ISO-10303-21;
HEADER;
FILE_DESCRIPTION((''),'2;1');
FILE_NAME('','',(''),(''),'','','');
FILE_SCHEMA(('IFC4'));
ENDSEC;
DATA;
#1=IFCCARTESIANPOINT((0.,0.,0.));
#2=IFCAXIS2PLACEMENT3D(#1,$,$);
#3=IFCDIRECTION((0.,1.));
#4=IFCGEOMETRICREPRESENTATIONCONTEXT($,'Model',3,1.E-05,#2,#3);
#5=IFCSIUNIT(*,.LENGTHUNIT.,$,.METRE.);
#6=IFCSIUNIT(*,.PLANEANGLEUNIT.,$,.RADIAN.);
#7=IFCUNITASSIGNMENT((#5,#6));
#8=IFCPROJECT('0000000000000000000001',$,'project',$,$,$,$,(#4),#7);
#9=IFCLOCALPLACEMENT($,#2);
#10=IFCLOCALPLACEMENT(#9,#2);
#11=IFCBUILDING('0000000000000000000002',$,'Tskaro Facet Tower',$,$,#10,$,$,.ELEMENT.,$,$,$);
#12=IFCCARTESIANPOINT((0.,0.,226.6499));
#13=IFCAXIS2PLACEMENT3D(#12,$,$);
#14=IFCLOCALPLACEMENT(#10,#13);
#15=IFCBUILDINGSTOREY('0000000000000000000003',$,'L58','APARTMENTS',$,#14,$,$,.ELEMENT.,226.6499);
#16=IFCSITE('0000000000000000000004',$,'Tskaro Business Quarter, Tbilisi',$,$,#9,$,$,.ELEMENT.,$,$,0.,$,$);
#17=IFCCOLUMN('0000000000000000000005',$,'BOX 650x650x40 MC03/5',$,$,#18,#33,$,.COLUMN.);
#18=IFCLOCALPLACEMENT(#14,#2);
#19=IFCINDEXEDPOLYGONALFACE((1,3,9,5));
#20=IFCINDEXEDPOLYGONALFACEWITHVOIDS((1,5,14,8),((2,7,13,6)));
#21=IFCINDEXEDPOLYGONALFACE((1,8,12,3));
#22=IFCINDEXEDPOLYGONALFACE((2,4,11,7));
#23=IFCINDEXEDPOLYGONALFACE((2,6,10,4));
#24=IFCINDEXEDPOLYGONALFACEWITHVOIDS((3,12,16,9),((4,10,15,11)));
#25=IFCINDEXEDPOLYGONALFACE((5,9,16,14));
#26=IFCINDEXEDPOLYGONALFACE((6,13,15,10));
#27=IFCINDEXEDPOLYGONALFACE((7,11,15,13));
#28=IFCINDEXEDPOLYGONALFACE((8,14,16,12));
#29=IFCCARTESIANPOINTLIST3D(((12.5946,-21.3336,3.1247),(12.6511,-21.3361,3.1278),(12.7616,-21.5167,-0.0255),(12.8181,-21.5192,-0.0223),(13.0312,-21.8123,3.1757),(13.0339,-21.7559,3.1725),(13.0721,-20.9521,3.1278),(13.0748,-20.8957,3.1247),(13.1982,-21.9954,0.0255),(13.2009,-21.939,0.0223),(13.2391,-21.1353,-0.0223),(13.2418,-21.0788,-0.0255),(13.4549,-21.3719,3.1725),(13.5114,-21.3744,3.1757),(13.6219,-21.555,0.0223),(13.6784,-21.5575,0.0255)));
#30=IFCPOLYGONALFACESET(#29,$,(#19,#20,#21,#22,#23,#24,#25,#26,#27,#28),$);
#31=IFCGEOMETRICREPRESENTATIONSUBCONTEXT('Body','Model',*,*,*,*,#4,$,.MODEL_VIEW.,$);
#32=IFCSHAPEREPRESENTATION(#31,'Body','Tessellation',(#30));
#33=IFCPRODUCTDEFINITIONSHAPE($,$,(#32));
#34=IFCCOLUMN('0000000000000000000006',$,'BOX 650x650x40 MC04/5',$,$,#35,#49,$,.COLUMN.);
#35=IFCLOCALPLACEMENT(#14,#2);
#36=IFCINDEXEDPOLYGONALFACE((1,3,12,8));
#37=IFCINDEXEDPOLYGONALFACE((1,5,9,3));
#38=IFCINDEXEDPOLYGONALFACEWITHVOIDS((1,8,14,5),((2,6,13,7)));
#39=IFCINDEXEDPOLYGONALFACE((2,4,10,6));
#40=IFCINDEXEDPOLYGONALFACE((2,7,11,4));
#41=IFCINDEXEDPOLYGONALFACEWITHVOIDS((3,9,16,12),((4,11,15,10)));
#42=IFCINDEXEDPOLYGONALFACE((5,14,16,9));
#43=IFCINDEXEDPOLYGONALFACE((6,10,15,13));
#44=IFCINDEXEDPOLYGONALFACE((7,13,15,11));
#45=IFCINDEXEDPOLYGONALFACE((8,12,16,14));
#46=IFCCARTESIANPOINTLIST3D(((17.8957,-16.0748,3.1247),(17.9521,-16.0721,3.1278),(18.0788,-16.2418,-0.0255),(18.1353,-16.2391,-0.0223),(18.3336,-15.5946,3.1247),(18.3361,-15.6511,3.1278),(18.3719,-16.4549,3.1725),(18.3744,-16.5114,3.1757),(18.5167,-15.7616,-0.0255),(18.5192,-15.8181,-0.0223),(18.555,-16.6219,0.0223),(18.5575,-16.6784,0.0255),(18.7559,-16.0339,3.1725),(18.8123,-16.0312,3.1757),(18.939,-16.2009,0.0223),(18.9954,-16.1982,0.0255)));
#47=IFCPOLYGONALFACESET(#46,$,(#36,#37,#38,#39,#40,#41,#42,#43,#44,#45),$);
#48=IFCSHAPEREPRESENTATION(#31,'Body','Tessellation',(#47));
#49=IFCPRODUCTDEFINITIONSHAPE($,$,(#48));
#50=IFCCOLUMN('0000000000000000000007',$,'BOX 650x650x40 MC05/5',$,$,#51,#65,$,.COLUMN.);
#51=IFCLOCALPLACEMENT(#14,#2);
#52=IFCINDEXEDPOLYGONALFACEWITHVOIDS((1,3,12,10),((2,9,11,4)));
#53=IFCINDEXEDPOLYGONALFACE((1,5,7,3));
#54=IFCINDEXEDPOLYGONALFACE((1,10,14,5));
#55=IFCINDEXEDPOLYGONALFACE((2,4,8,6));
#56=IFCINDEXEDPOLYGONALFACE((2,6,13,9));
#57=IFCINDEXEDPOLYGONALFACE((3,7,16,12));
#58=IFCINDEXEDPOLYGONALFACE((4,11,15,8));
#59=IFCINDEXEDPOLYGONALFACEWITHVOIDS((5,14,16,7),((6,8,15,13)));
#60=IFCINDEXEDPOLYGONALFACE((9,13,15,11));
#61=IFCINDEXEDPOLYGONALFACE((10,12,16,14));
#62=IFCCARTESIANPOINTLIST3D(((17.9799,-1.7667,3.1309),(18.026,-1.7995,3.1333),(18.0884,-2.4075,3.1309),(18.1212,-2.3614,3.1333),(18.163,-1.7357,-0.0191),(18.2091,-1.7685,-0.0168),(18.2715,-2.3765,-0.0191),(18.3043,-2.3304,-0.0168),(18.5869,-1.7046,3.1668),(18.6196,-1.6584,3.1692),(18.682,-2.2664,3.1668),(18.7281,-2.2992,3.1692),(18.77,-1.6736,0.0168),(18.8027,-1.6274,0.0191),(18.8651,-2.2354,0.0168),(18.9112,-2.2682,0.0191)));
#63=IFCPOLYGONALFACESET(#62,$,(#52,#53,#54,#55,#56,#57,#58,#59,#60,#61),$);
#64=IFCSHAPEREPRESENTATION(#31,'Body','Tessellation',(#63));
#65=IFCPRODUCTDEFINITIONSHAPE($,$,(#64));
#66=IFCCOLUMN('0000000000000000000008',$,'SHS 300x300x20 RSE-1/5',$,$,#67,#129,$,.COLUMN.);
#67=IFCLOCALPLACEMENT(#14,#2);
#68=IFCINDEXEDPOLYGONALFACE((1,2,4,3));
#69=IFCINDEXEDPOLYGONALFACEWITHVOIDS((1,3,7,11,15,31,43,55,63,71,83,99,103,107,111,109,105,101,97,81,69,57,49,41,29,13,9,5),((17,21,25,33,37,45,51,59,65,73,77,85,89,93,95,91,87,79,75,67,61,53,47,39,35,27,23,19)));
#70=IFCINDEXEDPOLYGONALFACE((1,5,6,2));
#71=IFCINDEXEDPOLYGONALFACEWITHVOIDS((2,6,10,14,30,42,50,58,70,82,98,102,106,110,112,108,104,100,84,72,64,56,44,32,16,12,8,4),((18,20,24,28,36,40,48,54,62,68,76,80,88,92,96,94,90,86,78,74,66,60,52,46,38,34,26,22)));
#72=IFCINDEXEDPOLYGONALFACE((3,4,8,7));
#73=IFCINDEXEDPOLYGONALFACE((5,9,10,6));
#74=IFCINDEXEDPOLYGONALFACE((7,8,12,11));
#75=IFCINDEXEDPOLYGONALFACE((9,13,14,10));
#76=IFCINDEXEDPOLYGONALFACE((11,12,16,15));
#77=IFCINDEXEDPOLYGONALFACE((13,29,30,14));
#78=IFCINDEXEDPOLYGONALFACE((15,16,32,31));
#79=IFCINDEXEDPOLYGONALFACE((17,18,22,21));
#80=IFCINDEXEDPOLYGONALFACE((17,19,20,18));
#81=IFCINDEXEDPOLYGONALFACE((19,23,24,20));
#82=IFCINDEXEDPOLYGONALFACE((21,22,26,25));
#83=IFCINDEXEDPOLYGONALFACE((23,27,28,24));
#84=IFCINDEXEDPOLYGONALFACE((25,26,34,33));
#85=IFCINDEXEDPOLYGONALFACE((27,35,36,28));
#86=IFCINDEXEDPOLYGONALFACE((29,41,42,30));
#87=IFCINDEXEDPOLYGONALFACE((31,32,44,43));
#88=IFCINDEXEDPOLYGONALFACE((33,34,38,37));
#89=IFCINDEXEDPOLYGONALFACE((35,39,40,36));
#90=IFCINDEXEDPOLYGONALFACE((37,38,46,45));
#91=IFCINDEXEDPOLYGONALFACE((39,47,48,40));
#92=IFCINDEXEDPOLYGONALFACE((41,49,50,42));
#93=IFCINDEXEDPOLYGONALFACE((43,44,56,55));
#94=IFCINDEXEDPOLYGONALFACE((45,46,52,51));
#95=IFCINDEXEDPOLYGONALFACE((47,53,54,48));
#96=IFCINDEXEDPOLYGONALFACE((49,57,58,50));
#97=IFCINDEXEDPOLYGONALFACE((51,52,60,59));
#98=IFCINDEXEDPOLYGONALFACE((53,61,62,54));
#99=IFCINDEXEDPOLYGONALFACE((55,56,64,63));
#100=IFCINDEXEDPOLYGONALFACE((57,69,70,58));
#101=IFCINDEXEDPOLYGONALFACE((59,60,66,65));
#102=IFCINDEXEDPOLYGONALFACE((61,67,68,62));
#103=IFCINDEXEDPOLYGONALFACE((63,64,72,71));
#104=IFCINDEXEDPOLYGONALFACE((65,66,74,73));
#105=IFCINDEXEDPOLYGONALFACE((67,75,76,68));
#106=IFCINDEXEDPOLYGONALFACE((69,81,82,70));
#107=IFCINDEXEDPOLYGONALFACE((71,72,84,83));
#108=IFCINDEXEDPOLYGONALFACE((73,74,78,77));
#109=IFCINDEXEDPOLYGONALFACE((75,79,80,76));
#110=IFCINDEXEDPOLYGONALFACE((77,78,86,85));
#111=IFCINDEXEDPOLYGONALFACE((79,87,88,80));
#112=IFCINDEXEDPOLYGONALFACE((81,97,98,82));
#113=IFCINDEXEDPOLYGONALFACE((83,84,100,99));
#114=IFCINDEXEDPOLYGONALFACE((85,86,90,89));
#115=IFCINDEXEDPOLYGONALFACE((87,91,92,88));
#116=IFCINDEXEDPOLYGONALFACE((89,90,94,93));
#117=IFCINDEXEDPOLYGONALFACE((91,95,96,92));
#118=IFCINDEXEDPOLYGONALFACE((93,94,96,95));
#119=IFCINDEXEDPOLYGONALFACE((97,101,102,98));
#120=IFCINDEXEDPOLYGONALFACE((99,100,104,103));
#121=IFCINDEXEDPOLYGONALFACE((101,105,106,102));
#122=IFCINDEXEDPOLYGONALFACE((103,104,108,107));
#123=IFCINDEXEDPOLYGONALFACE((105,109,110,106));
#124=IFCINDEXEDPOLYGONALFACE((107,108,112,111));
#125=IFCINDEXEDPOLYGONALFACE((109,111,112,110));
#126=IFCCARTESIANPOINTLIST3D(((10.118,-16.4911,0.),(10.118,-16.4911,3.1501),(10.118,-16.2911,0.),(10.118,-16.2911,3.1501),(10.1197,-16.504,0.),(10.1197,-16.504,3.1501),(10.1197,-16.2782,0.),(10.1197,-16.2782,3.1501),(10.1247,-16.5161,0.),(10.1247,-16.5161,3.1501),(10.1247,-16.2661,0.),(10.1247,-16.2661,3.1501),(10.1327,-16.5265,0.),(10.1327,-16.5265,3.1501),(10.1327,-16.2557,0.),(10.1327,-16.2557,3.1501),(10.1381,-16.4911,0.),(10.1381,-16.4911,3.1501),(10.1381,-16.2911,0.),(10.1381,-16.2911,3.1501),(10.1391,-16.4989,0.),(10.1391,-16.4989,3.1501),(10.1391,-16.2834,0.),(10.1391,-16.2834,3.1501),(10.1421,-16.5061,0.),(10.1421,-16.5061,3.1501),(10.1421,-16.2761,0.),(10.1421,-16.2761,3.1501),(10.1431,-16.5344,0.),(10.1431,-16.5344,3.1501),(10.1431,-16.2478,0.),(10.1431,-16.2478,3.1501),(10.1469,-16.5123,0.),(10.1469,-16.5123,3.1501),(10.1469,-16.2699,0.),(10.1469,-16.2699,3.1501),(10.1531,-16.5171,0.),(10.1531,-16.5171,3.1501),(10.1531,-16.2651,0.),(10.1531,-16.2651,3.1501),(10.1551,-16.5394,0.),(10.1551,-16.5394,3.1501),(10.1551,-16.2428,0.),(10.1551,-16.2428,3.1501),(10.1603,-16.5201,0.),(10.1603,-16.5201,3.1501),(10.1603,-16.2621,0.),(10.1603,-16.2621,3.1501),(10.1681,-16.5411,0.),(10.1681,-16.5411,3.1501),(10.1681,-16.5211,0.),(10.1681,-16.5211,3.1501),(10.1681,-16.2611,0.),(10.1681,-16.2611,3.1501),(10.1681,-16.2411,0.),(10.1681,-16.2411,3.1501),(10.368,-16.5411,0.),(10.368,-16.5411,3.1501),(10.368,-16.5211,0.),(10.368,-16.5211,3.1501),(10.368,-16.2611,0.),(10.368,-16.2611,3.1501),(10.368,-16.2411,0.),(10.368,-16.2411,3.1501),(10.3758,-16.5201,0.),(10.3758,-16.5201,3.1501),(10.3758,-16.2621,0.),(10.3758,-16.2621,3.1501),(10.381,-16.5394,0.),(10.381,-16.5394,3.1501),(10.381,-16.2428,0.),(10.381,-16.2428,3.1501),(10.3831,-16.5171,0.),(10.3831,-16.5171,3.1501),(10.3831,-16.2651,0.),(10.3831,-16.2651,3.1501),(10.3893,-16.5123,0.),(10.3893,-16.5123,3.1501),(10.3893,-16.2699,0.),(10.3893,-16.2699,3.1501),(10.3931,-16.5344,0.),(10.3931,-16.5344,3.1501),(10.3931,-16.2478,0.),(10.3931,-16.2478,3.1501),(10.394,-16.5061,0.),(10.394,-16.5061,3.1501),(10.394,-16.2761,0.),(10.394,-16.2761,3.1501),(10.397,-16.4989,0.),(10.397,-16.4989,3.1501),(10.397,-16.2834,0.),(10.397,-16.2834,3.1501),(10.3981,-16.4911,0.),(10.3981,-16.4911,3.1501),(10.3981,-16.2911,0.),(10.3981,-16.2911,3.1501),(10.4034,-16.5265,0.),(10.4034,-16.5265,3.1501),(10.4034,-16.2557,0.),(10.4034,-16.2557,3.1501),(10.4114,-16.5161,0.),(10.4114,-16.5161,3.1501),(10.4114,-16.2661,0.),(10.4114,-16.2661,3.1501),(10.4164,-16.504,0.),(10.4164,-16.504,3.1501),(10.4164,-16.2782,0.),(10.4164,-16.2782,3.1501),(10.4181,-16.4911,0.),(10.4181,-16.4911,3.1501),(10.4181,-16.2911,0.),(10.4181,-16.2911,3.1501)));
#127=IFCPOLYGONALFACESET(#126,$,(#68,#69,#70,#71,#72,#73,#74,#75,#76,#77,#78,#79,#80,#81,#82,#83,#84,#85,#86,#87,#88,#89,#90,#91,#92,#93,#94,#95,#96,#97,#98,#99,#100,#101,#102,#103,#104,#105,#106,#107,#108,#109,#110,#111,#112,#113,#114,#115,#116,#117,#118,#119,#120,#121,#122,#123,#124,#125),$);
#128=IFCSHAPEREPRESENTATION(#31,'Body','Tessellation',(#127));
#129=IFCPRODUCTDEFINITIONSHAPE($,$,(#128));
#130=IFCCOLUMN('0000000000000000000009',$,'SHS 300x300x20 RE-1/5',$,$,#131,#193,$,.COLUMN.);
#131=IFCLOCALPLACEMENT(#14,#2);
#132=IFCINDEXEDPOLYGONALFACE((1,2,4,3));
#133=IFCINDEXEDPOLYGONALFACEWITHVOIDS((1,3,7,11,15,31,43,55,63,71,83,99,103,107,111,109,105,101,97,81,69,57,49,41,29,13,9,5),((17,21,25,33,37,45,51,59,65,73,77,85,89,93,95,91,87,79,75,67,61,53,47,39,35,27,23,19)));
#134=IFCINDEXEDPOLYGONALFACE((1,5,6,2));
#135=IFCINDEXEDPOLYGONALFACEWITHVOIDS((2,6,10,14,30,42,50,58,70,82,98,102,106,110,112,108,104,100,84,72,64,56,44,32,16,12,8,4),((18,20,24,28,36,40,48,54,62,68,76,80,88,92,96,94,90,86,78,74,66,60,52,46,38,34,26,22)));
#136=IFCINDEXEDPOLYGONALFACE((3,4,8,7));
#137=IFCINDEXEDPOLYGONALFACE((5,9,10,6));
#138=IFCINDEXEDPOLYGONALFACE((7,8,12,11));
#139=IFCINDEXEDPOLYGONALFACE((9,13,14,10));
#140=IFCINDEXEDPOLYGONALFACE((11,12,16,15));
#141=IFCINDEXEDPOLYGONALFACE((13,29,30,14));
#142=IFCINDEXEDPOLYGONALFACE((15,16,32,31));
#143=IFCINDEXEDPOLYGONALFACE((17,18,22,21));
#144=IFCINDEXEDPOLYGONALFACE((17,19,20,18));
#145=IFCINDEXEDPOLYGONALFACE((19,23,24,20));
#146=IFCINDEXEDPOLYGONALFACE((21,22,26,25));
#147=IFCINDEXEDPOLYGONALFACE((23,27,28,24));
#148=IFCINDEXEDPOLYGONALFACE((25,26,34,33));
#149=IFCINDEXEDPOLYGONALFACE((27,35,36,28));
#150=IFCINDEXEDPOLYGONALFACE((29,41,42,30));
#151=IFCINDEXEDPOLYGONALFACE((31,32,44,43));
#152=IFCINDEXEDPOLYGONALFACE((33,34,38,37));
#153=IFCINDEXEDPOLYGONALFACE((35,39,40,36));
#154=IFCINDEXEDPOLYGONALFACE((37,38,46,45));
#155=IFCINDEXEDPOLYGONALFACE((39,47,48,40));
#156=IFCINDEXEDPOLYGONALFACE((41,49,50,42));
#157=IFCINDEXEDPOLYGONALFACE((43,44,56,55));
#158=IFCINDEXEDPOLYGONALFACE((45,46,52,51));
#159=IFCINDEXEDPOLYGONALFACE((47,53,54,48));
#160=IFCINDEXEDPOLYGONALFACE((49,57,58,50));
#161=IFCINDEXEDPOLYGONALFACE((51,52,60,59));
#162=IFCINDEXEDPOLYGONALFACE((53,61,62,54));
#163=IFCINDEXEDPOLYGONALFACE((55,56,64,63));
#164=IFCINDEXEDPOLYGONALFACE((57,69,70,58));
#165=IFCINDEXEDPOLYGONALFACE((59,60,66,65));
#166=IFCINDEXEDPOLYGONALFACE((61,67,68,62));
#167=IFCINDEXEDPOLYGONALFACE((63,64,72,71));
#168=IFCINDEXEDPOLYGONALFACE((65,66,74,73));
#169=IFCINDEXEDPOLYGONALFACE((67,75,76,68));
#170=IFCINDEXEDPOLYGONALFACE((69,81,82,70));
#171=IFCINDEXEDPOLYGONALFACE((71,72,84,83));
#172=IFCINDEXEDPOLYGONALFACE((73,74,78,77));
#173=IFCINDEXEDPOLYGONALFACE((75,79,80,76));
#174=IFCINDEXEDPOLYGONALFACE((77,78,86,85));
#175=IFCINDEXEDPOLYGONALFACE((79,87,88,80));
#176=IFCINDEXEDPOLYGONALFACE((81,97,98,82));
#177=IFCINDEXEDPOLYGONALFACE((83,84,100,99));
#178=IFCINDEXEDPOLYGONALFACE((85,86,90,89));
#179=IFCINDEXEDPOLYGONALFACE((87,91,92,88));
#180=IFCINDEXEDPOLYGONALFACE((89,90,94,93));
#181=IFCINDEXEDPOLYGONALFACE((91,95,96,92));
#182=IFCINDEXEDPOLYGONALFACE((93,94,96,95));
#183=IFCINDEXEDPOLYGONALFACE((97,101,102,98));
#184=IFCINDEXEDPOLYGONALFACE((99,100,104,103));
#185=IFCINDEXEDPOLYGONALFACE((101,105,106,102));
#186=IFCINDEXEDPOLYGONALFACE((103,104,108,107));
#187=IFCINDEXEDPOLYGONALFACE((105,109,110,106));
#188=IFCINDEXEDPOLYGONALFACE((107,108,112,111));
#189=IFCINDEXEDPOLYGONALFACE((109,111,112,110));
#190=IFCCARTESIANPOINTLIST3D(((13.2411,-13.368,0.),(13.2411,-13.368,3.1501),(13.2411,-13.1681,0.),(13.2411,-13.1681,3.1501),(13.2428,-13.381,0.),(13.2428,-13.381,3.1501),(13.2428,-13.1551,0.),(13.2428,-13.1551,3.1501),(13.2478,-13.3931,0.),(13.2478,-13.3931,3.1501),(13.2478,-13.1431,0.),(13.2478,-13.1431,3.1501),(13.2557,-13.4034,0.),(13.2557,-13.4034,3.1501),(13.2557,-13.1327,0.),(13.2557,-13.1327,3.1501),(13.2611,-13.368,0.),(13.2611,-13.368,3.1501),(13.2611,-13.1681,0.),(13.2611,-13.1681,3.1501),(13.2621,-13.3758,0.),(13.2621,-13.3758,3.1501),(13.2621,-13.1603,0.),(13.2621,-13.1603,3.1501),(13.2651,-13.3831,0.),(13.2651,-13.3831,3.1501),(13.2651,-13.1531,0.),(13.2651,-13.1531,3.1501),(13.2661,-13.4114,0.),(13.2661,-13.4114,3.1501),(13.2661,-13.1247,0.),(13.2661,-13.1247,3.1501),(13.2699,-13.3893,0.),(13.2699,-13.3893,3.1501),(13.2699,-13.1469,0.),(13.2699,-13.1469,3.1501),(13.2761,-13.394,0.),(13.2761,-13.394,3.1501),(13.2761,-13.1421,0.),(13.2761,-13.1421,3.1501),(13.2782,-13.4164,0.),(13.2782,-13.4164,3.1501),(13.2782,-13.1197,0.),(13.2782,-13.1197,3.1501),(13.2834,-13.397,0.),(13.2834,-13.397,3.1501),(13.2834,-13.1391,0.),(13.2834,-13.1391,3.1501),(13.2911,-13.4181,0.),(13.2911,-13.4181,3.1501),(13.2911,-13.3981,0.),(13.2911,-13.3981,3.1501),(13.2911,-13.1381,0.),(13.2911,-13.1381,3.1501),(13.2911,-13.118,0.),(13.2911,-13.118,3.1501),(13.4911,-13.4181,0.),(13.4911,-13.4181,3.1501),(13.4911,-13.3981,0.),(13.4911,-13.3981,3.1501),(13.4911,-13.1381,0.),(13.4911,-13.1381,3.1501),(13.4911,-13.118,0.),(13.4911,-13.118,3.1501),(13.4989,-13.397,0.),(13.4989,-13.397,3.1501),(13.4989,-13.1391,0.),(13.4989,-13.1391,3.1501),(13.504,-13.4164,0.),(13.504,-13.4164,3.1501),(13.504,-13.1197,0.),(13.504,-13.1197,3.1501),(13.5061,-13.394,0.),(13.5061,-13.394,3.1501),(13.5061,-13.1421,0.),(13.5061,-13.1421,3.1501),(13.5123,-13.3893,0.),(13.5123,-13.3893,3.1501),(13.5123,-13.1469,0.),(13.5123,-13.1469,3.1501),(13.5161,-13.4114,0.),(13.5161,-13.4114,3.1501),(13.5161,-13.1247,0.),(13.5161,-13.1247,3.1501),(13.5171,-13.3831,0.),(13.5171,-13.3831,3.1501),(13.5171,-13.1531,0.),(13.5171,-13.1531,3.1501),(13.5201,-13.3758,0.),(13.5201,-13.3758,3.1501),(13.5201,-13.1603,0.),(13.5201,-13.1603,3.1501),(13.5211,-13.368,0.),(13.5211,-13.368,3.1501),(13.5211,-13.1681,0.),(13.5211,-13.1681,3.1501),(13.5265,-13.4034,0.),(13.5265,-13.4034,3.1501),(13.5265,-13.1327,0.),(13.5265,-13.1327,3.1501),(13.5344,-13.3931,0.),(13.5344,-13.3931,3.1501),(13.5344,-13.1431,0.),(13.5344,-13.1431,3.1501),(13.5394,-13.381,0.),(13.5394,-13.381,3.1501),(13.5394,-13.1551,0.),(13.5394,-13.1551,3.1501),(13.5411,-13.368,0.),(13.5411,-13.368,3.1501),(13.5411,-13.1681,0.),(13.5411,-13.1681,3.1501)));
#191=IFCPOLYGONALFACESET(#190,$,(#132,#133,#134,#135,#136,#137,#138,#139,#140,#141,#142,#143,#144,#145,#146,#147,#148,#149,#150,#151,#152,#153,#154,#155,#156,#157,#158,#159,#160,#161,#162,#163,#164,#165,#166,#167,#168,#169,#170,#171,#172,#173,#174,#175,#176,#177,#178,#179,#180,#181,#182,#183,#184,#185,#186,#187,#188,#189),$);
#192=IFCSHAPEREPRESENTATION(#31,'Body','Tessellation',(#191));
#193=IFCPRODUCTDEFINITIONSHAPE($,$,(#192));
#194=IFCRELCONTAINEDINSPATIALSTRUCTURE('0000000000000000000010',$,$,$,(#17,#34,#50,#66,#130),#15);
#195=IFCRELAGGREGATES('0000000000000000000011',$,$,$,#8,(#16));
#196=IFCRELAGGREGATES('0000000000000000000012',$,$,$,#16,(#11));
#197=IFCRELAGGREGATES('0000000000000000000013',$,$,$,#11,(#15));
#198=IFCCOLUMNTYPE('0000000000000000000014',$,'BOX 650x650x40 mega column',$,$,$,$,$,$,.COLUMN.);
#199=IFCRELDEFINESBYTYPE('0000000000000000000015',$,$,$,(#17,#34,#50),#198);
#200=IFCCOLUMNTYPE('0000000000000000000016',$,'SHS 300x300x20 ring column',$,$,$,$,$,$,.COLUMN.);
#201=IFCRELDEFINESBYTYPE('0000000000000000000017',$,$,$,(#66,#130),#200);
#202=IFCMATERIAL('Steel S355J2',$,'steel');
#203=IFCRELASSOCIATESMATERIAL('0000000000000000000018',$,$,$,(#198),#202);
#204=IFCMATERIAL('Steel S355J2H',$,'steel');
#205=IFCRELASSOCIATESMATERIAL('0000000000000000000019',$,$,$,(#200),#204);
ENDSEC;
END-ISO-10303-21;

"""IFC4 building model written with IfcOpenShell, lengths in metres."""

from ifc_helpers import new_model, si_unit, direction, frame, origin, origin_2d, place, context, subcontext, project, spatial, hollow_rectangle, extrude, material, material_profile, profile_set, type_object, element, save


model = new_model("IFC4")

# Units and contexts
model_context = context("Model", 3, precision=1e-05, world=origin(), true_north=direction((0.0, 1.0)))
body_context = subcontext(model_context, "Body", "Model", "MODEL_VIEW")
ifc_project = project(units=[si_unit("LENGTHUNIT", "METRE"), si_unit("PLANEANGLEUNIT", "RADIAN")], contexts=[model_context])

# Site, building, storey
site_placement = place(None, origin())
site = spatial("IfcSite", under=ifc_project, at=site_placement, Name="Tskaro Business Quarter, Tbilisi", CompositionType="ELEMENT", RefElevation=0.0)
building_placement = place(site_placement, origin())
building = spatial("IfcBuilding", under=site, at=building_placement, Name="Tskaro Facet Tower", CompositionType="ELEMENT")
storey_placement = place(building_placement, frame((0.0, 0.0, 226.6499)))
storey = spatial("IfcBuildingStorey", under=building, at=storey_placement, Name="L58", Description="APARTMENTS", CompositionType="ELEMENT", Elevation=226.6499)

# Columns
ifc_material_1 = material(Name="Steel S355J2", Category="steel")
ifc_material_profile_1 = material_profile(ifc_material_1, hollow_rectangle(XDim=0.6499, YDim=0.6499, WallThickness=0.04, at=origin_2d()), Name="BOX 650x650x40")
ifc_profile_set_1 = profile_set([ifc_material_profile_1], Name="Steel S355J2")
column_type_1 = type_object("IfcColumnType", Name="BOX 650x650x40 mega column", PredefinedType="COLUMN", material=ifc_profile_set_1)
for number, where, z_axis, x_axis, name in (
    (1, (13.22, -21.5371, 0.0), (-0.052848, 0.057947, 0.99692), (-0.738869, -0.673849, 0.0), "BOX 650x650x40 MC03/5"),
    (2, (18.5371, -16.22, 0.0), (-0.057947, 0.052848, 0.99692), (-0.673849, -0.738869, 0.0), "BOX 650x650x40 MC04/5"),
):
    element("IfcColumn", number, at=place(storey_placement, frame(where, z_axis=z_axis, x_axis=x_axis)), inside=storey, type_object=column_type_1, Name=name, PredefinedType="COLUMN", context=body_context, shape_type="SweptSolid", body=[
        extrude(hollow_rectangle(XDim=0.6499, YDim=0.6499, WallThickness=0.04, at=origin_2d()), origin(), (0.0, 0.0, 1.0), 3.1599),
    ])
column_placement = place(storey_placement, frame((18.5371, -2.002, 0.0), z_axis=(-0.058025, -0.009826, 0.998267), x_axis=(0.166957, -0.985964, 0.0)))
element("IfcColumn", 3, at=column_placement, inside=storey, type_object=column_type_1, Name="BOX 650x650x40 MC05/5", PredefinedType="COLUMN", context=body_context, shape_type="SweptSolid", body=[
    extrude(hollow_rectangle(XDim=0.6499, YDim=0.6499, WallThickness=0.04, at=origin_2d()), origin(), (0.0, 0.0, 1.0), 3.1555),
])
ifc_material_2 = material(Name="Steel S355J2H", Category="steel")
ifc_material_profile_2 = material_profile(ifc_material_2, hollow_rectangle(XDim=0.3, YDim=0.3, WallThickness=0.02, InnerFilletRadius=0.03, OuterFilletRadius=0.05, at=origin_2d()), Name="SHS 300x300x20")
ifc_profile_set_2 = profile_set([ifc_material_profile_2], Name="Steel S355J2H")
column_type_2 = type_object("IfcColumnType", Name="SHS 300x300x20 ring column", PredefinedType="COLUMN", material=ifc_profile_set_2)
for number, where, z_axis, x_axis, name in (
    (4, (10.2681, -16.3911, 0.0), (0.0, 0.0, 1.0), (1.0, 0.0, 0.0), "SHS 300x300x20 RSE-1/5"),
    (5, (13.3911, -13.2681, 0.0), (0.0, 0.0, 1.0), (1.0, 0.0, 0.0), "SHS 300x300x20 RE-1/5"),
):
    element("IfcColumn", number, at=place(storey_placement, frame(where, z_axis=z_axis, x_axis=x_axis)), inside=storey, type_object=column_type_2, Name=name, PredefinedType="COLUMN", context=body_context, shape_type="SweptSolid", body=[
        extrude(hollow_rectangle(XDim=0.3, YDim=0.3, WallThickness=0.02, InnerFilletRadius=0.03, OuterFilletRadius=0.05, at=origin_2d()), origin(), (0.0, 0.0, 1.0), 3.1501),
    ])

save(model, "model.ifc")
